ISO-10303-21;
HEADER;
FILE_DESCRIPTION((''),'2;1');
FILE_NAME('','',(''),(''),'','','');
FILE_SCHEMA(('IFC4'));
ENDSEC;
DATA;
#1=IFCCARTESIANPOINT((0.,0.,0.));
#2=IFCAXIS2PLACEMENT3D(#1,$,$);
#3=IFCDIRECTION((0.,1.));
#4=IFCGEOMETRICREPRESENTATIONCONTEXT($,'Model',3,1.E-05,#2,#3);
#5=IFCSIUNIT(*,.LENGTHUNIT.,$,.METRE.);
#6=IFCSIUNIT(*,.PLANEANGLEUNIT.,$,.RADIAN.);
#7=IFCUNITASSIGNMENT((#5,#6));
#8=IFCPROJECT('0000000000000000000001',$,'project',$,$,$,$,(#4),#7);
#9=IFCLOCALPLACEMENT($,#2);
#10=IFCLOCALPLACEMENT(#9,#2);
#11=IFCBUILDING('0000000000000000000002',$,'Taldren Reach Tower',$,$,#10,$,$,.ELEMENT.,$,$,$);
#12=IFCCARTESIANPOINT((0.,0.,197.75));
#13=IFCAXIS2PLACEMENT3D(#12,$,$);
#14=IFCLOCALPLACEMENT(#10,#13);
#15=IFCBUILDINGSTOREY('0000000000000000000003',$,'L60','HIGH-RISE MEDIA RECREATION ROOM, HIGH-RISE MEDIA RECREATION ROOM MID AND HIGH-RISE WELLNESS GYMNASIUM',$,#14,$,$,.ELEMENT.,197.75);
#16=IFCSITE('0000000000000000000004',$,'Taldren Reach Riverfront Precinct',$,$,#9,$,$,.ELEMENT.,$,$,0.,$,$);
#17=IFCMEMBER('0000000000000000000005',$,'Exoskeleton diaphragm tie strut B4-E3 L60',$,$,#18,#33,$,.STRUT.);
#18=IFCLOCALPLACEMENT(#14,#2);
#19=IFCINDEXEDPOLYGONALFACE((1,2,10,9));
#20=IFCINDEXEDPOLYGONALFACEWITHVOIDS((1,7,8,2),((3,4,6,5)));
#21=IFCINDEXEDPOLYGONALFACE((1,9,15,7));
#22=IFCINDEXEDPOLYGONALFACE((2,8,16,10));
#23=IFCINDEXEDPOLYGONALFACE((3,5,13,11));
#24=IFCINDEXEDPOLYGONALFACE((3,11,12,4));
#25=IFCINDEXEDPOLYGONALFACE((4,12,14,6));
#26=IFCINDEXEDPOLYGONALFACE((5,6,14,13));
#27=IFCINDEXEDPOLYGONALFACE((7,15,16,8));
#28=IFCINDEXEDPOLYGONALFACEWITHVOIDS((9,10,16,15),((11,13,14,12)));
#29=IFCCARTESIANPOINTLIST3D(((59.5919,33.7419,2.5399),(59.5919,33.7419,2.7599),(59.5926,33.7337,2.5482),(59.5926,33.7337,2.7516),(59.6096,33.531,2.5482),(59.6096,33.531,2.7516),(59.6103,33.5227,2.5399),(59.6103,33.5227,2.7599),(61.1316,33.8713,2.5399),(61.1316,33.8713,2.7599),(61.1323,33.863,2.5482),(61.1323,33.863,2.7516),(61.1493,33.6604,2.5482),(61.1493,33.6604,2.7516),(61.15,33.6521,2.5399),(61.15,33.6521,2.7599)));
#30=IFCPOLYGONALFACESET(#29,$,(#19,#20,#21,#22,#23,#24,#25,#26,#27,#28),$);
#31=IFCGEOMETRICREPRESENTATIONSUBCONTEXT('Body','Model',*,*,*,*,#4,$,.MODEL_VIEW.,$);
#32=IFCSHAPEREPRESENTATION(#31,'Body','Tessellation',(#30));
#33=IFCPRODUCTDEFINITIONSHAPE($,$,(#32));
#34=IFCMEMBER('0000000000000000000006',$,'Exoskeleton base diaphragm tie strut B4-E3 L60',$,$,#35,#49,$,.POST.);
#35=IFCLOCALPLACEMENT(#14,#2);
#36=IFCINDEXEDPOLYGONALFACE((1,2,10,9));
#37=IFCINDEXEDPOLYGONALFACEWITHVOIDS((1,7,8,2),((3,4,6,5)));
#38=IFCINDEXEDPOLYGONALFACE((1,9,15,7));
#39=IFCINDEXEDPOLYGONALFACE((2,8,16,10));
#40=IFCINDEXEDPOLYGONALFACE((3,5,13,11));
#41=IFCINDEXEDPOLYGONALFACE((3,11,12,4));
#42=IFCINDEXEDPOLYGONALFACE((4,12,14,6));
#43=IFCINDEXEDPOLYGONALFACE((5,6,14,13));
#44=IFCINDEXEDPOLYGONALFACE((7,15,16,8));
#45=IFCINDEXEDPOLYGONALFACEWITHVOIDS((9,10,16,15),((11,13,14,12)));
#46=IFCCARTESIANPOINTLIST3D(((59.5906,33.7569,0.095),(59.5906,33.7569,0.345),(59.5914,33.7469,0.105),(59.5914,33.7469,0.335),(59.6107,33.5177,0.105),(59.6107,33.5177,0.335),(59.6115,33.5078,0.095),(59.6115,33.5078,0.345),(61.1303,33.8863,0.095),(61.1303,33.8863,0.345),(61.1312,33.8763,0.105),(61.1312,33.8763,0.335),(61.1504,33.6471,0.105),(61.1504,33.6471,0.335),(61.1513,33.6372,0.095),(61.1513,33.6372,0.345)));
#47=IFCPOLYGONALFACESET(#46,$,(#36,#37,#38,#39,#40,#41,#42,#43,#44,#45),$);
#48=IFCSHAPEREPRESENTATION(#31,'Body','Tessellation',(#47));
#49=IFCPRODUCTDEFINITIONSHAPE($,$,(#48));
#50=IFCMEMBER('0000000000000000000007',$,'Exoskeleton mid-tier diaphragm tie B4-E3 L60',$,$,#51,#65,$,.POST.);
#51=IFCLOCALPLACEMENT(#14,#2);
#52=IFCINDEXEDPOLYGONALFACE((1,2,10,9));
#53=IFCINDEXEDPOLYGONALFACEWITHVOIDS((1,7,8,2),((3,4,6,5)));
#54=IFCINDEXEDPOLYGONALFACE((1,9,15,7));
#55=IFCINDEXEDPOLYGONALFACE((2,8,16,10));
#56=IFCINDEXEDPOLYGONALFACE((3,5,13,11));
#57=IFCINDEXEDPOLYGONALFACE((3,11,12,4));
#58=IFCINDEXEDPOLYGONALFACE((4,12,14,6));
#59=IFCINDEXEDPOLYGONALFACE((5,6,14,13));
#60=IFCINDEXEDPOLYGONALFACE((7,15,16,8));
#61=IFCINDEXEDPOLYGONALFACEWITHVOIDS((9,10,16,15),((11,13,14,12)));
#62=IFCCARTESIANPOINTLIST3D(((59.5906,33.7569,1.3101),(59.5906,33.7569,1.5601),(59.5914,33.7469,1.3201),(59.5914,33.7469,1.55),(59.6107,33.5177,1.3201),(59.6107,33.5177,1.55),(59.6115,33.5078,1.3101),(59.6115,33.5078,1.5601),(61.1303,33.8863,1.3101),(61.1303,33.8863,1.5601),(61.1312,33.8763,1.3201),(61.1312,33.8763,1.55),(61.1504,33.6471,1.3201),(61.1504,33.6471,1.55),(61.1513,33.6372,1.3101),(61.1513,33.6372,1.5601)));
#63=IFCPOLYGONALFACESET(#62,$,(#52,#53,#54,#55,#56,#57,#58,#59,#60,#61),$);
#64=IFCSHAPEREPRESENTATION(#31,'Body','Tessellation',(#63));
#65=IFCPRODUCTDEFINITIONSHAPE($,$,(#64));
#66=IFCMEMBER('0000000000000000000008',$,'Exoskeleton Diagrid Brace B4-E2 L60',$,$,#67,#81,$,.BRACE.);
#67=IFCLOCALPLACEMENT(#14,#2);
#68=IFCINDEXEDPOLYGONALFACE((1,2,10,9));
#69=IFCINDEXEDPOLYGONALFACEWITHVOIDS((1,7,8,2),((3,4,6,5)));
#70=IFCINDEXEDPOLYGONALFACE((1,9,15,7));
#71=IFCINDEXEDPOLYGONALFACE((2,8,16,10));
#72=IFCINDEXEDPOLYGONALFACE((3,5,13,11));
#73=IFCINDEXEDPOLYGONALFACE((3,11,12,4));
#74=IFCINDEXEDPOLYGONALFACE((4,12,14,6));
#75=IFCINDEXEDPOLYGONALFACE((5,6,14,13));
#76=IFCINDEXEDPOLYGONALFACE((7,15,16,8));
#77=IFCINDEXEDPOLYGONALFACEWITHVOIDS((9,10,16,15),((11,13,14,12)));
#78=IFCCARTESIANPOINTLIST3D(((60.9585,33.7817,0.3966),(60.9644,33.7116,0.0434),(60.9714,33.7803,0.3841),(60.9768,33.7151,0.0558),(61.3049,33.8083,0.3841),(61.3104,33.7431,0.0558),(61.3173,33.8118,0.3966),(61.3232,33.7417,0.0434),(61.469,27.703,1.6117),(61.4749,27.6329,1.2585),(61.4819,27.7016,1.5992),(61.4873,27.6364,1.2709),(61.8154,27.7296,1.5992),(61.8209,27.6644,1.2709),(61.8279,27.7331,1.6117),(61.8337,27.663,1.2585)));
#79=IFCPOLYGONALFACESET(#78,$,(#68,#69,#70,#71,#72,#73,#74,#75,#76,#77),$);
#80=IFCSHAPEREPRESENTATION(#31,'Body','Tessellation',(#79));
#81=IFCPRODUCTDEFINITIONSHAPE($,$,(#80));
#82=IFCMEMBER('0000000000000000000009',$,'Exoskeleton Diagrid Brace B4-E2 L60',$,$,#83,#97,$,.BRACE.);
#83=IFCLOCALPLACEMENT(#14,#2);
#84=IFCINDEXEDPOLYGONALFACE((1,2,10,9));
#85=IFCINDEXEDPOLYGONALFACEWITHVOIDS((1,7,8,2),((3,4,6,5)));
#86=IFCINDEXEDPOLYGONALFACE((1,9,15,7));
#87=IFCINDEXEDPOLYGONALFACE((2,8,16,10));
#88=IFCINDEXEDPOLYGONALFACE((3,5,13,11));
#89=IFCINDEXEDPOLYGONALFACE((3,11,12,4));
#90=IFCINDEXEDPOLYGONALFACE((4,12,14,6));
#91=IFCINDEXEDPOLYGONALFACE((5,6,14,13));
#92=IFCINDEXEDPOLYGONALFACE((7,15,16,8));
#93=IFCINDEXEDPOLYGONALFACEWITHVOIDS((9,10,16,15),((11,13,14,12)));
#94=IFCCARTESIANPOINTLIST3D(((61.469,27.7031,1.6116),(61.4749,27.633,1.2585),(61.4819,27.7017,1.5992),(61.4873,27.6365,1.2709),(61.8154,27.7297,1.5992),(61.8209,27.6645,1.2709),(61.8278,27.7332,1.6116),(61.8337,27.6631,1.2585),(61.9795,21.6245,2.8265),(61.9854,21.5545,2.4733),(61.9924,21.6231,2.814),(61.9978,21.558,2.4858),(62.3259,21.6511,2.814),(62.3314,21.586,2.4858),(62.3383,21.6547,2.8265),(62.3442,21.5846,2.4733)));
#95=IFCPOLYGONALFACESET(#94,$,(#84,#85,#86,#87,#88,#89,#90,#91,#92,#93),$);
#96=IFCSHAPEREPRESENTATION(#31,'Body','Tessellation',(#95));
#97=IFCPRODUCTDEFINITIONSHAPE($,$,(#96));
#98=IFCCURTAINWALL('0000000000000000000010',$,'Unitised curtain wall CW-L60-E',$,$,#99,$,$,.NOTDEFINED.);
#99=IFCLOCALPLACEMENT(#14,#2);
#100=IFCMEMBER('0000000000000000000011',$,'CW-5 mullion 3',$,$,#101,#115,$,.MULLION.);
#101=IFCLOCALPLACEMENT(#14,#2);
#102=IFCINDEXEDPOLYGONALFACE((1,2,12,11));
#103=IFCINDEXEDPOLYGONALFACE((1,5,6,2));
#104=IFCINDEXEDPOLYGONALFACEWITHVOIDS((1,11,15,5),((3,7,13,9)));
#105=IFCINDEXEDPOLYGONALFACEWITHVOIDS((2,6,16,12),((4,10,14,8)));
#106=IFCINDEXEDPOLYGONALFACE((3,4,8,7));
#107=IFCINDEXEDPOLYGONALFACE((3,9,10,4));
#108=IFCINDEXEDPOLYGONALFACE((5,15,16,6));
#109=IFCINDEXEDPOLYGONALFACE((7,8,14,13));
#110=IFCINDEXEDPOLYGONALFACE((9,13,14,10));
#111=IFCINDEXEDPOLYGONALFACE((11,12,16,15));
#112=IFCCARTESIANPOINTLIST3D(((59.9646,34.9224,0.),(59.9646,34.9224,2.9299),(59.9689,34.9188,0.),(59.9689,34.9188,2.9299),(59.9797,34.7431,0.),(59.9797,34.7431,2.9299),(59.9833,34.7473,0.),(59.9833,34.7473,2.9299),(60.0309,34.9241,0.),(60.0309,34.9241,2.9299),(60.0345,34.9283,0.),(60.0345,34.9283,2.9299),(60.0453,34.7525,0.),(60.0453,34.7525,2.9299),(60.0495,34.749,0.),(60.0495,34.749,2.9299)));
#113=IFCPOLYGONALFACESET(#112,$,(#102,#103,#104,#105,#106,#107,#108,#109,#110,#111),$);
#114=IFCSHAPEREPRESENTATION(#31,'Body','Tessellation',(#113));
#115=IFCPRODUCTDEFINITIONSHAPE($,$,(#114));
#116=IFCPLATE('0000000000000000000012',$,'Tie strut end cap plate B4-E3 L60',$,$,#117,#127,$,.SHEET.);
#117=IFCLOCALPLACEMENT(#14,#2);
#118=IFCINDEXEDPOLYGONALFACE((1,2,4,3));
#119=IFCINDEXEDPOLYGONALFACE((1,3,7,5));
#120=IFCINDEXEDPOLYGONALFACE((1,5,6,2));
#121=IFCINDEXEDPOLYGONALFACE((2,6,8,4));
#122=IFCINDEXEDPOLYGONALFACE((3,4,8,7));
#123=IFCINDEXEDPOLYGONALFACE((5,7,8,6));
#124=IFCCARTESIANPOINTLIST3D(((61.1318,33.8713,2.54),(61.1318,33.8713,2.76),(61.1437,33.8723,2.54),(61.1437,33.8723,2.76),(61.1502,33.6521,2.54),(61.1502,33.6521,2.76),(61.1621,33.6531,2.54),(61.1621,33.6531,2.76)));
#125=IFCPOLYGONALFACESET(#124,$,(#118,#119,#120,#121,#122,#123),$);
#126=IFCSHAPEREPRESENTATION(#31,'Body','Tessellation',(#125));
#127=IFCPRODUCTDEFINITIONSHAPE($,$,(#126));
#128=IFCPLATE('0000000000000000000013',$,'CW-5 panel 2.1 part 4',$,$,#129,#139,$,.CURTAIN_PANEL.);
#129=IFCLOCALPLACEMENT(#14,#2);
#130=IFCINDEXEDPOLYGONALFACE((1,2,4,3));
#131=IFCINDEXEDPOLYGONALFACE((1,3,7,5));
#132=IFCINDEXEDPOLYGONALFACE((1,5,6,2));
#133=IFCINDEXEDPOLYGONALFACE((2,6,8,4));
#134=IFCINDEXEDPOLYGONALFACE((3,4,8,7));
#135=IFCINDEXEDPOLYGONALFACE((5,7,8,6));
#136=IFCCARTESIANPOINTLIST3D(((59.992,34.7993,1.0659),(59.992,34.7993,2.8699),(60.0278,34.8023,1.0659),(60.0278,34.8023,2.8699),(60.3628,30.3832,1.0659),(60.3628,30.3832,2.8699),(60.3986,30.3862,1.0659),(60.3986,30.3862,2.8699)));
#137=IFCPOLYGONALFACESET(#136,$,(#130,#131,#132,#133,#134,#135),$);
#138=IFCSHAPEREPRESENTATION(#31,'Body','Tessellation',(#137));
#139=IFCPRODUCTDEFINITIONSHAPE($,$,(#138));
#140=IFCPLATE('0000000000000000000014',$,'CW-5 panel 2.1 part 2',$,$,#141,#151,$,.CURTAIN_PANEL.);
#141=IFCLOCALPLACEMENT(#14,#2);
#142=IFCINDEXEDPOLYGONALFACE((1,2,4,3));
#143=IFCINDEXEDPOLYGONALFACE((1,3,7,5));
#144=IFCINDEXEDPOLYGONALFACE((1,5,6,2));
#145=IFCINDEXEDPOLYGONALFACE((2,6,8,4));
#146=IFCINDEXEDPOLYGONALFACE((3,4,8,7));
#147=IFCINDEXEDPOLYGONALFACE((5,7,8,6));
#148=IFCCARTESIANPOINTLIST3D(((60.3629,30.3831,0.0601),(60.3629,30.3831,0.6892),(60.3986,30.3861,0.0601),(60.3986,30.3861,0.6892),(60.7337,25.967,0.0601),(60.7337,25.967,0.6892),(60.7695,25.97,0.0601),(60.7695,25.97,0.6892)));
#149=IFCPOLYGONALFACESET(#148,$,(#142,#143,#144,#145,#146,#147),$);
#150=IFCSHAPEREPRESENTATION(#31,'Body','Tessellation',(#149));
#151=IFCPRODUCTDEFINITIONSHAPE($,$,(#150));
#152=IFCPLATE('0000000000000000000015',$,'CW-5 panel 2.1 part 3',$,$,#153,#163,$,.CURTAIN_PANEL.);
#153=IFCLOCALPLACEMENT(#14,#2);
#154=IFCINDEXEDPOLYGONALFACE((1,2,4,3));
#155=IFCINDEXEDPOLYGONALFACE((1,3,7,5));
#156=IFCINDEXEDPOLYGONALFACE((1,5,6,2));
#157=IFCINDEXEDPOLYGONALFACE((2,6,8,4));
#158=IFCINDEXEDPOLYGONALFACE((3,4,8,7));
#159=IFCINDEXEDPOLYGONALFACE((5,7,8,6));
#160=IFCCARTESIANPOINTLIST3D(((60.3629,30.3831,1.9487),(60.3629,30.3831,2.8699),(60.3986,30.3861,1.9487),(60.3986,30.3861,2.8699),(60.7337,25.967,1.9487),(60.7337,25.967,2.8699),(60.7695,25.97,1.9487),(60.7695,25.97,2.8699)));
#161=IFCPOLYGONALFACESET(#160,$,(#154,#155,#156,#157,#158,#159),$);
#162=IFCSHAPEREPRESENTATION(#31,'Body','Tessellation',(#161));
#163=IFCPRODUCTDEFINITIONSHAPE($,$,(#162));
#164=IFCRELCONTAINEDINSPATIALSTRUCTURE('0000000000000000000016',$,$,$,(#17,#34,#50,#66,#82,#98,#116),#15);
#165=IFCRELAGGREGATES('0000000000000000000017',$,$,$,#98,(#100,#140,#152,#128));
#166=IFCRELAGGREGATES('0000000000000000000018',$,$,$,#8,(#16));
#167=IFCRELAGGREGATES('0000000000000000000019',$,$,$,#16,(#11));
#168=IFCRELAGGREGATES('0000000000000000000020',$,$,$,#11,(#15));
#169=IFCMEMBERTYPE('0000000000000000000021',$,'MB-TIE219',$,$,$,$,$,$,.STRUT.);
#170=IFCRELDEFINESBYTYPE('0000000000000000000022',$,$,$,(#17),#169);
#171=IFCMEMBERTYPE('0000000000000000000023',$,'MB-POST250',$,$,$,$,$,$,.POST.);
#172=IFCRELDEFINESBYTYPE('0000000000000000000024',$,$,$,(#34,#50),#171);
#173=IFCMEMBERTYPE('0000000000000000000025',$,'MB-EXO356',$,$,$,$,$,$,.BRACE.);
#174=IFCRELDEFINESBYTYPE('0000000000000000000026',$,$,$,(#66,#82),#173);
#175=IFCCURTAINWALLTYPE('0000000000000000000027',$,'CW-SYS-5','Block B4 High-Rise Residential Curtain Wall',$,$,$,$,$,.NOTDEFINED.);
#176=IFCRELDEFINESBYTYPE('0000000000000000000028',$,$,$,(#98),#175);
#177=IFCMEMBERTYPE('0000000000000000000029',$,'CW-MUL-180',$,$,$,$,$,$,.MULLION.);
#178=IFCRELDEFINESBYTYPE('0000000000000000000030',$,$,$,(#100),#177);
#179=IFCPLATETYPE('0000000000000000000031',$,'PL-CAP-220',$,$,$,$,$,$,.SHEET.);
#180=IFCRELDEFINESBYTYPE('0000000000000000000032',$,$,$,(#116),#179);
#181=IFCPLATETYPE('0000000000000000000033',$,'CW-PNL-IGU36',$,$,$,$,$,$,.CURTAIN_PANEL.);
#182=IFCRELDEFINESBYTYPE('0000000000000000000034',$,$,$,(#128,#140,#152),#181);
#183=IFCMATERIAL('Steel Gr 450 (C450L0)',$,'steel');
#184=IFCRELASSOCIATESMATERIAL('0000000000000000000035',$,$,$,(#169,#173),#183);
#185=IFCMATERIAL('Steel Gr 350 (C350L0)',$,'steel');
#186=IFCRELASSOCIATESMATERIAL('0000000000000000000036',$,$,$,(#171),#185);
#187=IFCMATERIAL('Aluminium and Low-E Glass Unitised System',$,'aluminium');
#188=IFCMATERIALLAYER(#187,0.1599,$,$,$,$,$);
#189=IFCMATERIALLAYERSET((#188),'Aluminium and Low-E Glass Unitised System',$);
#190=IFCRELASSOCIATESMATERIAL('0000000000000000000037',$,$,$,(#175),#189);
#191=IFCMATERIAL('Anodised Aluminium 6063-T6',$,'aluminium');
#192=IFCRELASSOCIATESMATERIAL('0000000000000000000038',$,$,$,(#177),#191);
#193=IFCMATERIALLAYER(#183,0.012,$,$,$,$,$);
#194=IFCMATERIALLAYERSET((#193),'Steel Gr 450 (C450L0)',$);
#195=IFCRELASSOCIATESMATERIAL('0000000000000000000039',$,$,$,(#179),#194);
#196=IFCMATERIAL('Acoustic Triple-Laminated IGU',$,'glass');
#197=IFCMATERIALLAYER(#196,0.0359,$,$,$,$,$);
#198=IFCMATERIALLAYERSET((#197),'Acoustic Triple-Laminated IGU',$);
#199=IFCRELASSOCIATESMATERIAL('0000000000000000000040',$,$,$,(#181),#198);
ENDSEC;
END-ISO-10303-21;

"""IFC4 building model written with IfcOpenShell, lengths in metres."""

from ifc_helpers import new_model, si_unit, direction, frame, origin, origin_2d, place, context, subcontext, project, spatial, rectangle, hollow_rectangle, extrude, source, transform, mapped, material, layer, layer_set, material_profile, profile_set, type_object, element, aggregate, save


model = new_model("IFC4")

# Units and contexts
model_context = context("Model", 3, precision=1e-05, world=origin(), true_north=direction((0.0, 1.0)))
body_context = subcontext(model_context, "Body", "Model", "MODEL_VIEW")
ifc_project = project(units=[si_unit("LENGTHUNIT", "METRE"), si_unit("PLANEANGLEUNIT", "RADIAN")], contexts=[model_context])

# Site, building, storey
site_placement = place(None, origin())
site = spatial("IfcSite", under=ifc_project, at=site_placement, Name="Taldren Reach Riverfront Precinct", CompositionType="ELEMENT", RefElevation=0.0)
building_placement = place(site_placement, origin())
building = spatial("IfcBuilding", under=site, at=building_placement, Name="Taldren Reach Tower", CompositionType="ELEMENT")
storey_placement = place(building_placement, frame((0.0, 0.0, 197.75)))
storey = spatial("IfcBuildingStorey", under=building, at=storey_placement, Name="L60", Description="HIGH-RISE MEDIA RECREATION ROOM, HIGH-RISE MEDIA RECREATION ROOM MID AND HIGH-RISE WELLNESS GYMNASIUM", CompositionType="ELEMENT", Elevation=197.75)

# Shared definitions
ifc_material_1 = material(Name="Steel Gr 450 (C450L0)", Category="steel")

# Members
ifc_material_profile_1 = material_profile(ifc_material_1, hollow_rectangle(XDim=0.22, YDim=0.22, WallThickness=0.0083, at=origin_2d()), Name="220x220x8.2SHS")
ifc_profile_set_1 = profile_set([ifc_material_profile_1], Name="Steel Gr 450 (C450L0)")
member_type_1 = type_object("IfcMemberType", Name="MB-TIE219", PredefinedType="STRUT", material=ifc_profile_set_1)
shared_shape_1 = source(origin(), body_context, "Body", "SweptSolid", [
    extrude(hollow_rectangle(XDim=0.22, YDim=0.22, WallThickness=0.0083, at=origin_2d()), origin(), (0.0, 0.0, 1.0), 1.5452),
])
member_1_placement = place(storey_placement, frame((59.6011, 33.6323, 2.6499), z_axis=(0.996488, 0.083738, 0.0), x_axis=(-0.083738, 0.996488, 0.0)))
element("IfcMember", 1, at=member_1_placement, inside=storey, type_object=member_type_1, Name="Exoskeleton diaphragm tie strut B4-E3 L60", PredefinedType="STRUT", context=body_context, shape_type="MappedRepresentation", body=[
    mapped(shared_shape_1, transform((0.0, 0.0, 0.0), scale=1.0)),
])
ifc_material_2 = material(Name="Steel Gr 350 (C350L0)", Category="steel")
ifc_material_profile_2 = material_profile(ifc_material_2, hollow_rectangle(XDim=0.25, YDim=0.25, WallThickness=0.01, at=origin_2d()), Name="250x250x10.0SHS")
ifc_profile_set_2 = profile_set([ifc_material_profile_2], Name="Steel Gr 350 (C350L0)")
member_type_2 = type_object("IfcMemberType", Name="MB-POST250", PredefinedType="POST", material=ifc_profile_set_2)
shared_shape_2 = source(origin(), body_context, "Body", "SweptSolid", [
    extrude(hollow_rectangle(XDim=0.25, YDim=0.25, WallThickness=0.01, at=origin_2d()), origin(), (0.0, 0.0, 1.0), 1.5452),
])
for number, where, z_axis, x_axis, name in (
    (2, (59.6011, 33.6323, 0.22), (0.996488, 0.083738, 0.0), (-0.083738, 0.996488, 0.0), "Exoskeleton base diaphragm tie strut B4-E3 L60"),
    (3, (59.6011, 33.6323, 1.4351), (0.996488, 0.083738, 0.0), (-0.083738, 0.996488, 0.0), "Exoskeleton mid-tier diaphragm tie B4-E3 L60"),
):
    element("IfcMember", number, at=place(storey_placement, frame(where, z_axis=z_axis, x_axis=x_axis)), inside=storey, type_object=member_type_2, Name=name, PredefinedType="POST", context=body_context, shape_type="MappedRepresentation", body=[
        mapped(shared_shape_2, transform((0.0, 0.0, 0.0), scale=1.0)),
    ])
ifc_material_profile_3 = material_profile(ifc_material_1, hollow_rectangle(XDim=0.3601, YDim=0.3601, WallThickness=0.0127, at=origin_2d()), Name="360x360x12.7SHS")
ifc_profile_set_3 = profile_set([ifc_material_profile_3], Name="Steel Gr 450 (C450L0)")
member_type_3 = type_object("IfcMemberType", Name="MB-EXO356", PredefinedType="BRACE", material=ifc_profile_set_3)
shared_shape_3 = source(origin(), body_context, "Body", "SweptSolid", [
    extrude(hollow_rectangle(XDim=0.3601, YDim=0.3601, WallThickness=0.0127, at=origin_2d()), origin(), (0.0, 0.0, 1.0), 6.22),
])
member_2_placement = place(storey_placement, frame((61.1409, 33.7617, 0.22), z_axis=(0.082076, -0.977292, 0.195356), x_axis=(0.996492, 0.083688, 0.0)))
element("IfcMember", 4, at=member_2_placement, inside=storey, type_object=member_type_3, Name="Exoskeleton Diagrid Brace B4-E2 L60", PredefinedType="BRACE", context=body_context, shape_type="MappedRepresentation", body=[
    mapped(shared_shape_3, transform((0.0, 0.0, 0.0), scale=1.0)),
])
shared_shape_4 = source(origin(), body_context, "Body", "SweptSolid", [
    extrude(hollow_rectangle(XDim=0.3601, YDim=0.3601, WallThickness=0.0127, at=origin_2d()), origin(), (0.0, 0.0, 1.0), 6.2197),
])
member_3_placement = place(storey_placement, frame((61.6514, 27.6831, 1.4351), z_axis=(0.082076, -0.977299, 0.195319), x_axis=(0.996492, 0.083688, 0.0)))
element("IfcMember", 5, at=member_3_placement, inside=storey, type_object=member_type_3, Name="Exoskeleton Diagrid Brace B4-E2 L60", PredefinedType="BRACE", context=body_context, shape_type="MappedRepresentation", body=[
    mapped(shared_shape_4, transform((0.0, 0.0, 0.0), scale=1.0)),
])

# Curtain wall, member
ifc_material_3 = material(Name="Aluminium and Low-E Glass Unitised System", Category="aluminium")
ifc_layer_1 = layer(ifc_material_3, 0.1599)
ifc_layer_set_1 = layer_set([ifc_layer_1], Name="Aluminium and Low-E Glass Unitised System")
curtain_wall_type = type_object("IfcCurtainWallType", Name="CW-SYS-5", Description="Block B4 High-Rise Residential Curtain Wall", PredefinedType="NOTDEFINED", material=ifc_layer_set_1)
curtain_wall_placement = place(storey_placement, origin())
curtain_wall = element("IfcCurtainWall", 6, at=curtain_wall_placement, inside=storey, type_object=curtain_wall_type, Name="Unitised curtain wall CW-L60-E", PredefinedType="NOTDEFINED")
ifc_material_4 = material(Name="Anodised Aluminium 6063-T6", Category="aluminium")
ifc_material_profile_4 = material_profile(ifc_material_4, hollow_rectangle(XDim=0.0701, YDim=0.1799, WallThickness=0.0039, at=origin_2d()), Name="ALU-180x70x4RHS")
ifc_profile_set_4 = profile_set([ifc_material_profile_4], Name="Anodised Aluminium 6063-T6")
member_type_4 = type_object("IfcMemberType", Name="CW-MUL-180", PredefinedType="MULLION", material=ifc_profile_set_4)
shared_shape_5 = source(origin(), body_context, "Body", "SweptSolid", [
    extrude(hollow_rectangle(XDim=0.0701, YDim=0.1799, WallThickness=0.0039, at=origin_2d()), origin(), (0.0, 0.0, 1.0), 2.9299),
])
member_4_placement = place(storey_placement, frame((60.0071, 34.8357, 0.0), z_axis=(0.0, 0.0, 1.0), x_axis=(-0.996493, -0.083678, 0.0)))
member_4 = element("IfcMember", 7, at=member_4_placement, type_object=member_type_4, Name="CW-5 mullion 3", PredefinedType="MULLION", context=body_context, shape_type="MappedRepresentation", body=[
    mapped(shared_shape_5, transform((0.0, 0.0, 0.0), scale=1.0)),
])

# Plates
ifc_layer_2 = layer(ifc_material_1, 0.012)
ifc_layer_set_2 = layer_set([ifc_layer_2], Name="Steel Gr 450 (C450L0)")
plate_type_1 = type_object("IfcPlateType", Name="PL-CAP-220", PredefinedType="SHEET", material=ifc_layer_set_2)
shared_shape_6 = source(origin(), body_context, "Body", "SweptSolid", [
    extrude(rectangle(XDim=0.012, YDim=0.22, at=origin_2d()), origin(), (0.0, 0.0, 1.0), 0.22),
])
plate_1_placement = place(storey_placement, frame((61.147, 33.7622, 2.54), z_axis=(0.0, 0.0, 1.0), x_axis=(0.996493, 0.083678, 0.0)))
element("IfcPlate", 8, at=plate_1_placement, inside=storey, type_object=plate_type_1, Name="Tie strut end cap plate B4-E3 L60", PredefinedType="SHEET", context=body_context, shape_type="MappedRepresentation", body=[
    mapped(shared_shape_6, transform((0.0, 0.0, 0.0), scale=1.0)),
])
ifc_material_5 = material(Name="Acoustic Triple-Laminated IGU", Category="glass")
ifc_layer_3 = layer(ifc_material_5, 0.0359)
ifc_layer_set_3 = layer_set([ifc_layer_3], Name="Acoustic Triple-Laminated IGU")
plate_type_2 = type_object("IfcPlateType", Name="CW-PNL-IGU36", PredefinedType="CURTAIN_PANEL", material=ifc_layer_set_3)
shared_shape_7 = source(origin(), body_context, "Body", "SweptSolid", [
    extrude(rectangle(XDim=4.4316, YDim=0.0359, at=origin_2d()), origin(), (0.0, 0.0, 1.0), 1.804),
])
plate_2_placement = place(storey_placement, frame((60.1953, 32.5928, 1.0659), z_axis=(0.0, 0.0, 1.0), x_axis=(-0.083678, 0.996493, 0.0)))
plate_2 = element("IfcPlate", 9, at=plate_2_placement, type_object=plate_type_2, Name="CW-5 panel 2.1 part 4", PredefinedType="CURTAIN_PANEL", context=body_context, shape_type="MappedRepresentation", body=[
    mapped(shared_shape_7, transform((0.0, 0.0, 0.0), scale=1.0)),
])
shared_shape_8 = source(origin(), body_context, "Body", "SweptSolid", [
    extrude(rectangle(XDim=4.4316, YDim=0.0359, at=origin_2d()), origin(), (0.0, 0.0, 1.0), 0.6292),
])
plate_3_placement = place(storey_placement, frame((60.5662, 28.1765, 0.0601), z_axis=(0.0, 0.0, 1.0), x_axis=(-0.083678, 0.996493, 0.0)))
plate_3 = element("IfcPlate", 10, at=plate_3_placement, type_object=plate_type_2, Name="CW-5 panel 2.1 part 2", PredefinedType="CURTAIN_PANEL", context=body_context, shape_type="MappedRepresentation", body=[
    mapped(shared_shape_8, transform((0.0, 0.0, 0.0), scale=1.0)),
])
shared_shape_9 = source(origin(), body_context, "Body", "SweptSolid", [
    extrude(rectangle(XDim=4.4316, YDim=0.0359, at=origin_2d()), origin(), (0.0, 0.0, 1.0), 0.9211),
])
plate_4_placement = place(storey_placement, frame((60.5662, 28.1765, 1.9487), z_axis=(0.0, 0.0, 1.0), x_axis=(-0.083678, 0.996493, 0.0)))
plate_4 = element("IfcPlate", 11, at=plate_4_placement, type_object=plate_type_2, Name="CW-5 panel 2.1 part 3", PredefinedType="CURTAIN_PANEL", context=body_context, shape_type="MappedRepresentation", body=[
    mapped(shared_shape_9, transform((0.0, 0.0, 0.0), scale=1.0)),
])
aggregate(curtain_wall, [member_4, plate_3, plate_4, plate_2])

save(model, "model.ifc")
